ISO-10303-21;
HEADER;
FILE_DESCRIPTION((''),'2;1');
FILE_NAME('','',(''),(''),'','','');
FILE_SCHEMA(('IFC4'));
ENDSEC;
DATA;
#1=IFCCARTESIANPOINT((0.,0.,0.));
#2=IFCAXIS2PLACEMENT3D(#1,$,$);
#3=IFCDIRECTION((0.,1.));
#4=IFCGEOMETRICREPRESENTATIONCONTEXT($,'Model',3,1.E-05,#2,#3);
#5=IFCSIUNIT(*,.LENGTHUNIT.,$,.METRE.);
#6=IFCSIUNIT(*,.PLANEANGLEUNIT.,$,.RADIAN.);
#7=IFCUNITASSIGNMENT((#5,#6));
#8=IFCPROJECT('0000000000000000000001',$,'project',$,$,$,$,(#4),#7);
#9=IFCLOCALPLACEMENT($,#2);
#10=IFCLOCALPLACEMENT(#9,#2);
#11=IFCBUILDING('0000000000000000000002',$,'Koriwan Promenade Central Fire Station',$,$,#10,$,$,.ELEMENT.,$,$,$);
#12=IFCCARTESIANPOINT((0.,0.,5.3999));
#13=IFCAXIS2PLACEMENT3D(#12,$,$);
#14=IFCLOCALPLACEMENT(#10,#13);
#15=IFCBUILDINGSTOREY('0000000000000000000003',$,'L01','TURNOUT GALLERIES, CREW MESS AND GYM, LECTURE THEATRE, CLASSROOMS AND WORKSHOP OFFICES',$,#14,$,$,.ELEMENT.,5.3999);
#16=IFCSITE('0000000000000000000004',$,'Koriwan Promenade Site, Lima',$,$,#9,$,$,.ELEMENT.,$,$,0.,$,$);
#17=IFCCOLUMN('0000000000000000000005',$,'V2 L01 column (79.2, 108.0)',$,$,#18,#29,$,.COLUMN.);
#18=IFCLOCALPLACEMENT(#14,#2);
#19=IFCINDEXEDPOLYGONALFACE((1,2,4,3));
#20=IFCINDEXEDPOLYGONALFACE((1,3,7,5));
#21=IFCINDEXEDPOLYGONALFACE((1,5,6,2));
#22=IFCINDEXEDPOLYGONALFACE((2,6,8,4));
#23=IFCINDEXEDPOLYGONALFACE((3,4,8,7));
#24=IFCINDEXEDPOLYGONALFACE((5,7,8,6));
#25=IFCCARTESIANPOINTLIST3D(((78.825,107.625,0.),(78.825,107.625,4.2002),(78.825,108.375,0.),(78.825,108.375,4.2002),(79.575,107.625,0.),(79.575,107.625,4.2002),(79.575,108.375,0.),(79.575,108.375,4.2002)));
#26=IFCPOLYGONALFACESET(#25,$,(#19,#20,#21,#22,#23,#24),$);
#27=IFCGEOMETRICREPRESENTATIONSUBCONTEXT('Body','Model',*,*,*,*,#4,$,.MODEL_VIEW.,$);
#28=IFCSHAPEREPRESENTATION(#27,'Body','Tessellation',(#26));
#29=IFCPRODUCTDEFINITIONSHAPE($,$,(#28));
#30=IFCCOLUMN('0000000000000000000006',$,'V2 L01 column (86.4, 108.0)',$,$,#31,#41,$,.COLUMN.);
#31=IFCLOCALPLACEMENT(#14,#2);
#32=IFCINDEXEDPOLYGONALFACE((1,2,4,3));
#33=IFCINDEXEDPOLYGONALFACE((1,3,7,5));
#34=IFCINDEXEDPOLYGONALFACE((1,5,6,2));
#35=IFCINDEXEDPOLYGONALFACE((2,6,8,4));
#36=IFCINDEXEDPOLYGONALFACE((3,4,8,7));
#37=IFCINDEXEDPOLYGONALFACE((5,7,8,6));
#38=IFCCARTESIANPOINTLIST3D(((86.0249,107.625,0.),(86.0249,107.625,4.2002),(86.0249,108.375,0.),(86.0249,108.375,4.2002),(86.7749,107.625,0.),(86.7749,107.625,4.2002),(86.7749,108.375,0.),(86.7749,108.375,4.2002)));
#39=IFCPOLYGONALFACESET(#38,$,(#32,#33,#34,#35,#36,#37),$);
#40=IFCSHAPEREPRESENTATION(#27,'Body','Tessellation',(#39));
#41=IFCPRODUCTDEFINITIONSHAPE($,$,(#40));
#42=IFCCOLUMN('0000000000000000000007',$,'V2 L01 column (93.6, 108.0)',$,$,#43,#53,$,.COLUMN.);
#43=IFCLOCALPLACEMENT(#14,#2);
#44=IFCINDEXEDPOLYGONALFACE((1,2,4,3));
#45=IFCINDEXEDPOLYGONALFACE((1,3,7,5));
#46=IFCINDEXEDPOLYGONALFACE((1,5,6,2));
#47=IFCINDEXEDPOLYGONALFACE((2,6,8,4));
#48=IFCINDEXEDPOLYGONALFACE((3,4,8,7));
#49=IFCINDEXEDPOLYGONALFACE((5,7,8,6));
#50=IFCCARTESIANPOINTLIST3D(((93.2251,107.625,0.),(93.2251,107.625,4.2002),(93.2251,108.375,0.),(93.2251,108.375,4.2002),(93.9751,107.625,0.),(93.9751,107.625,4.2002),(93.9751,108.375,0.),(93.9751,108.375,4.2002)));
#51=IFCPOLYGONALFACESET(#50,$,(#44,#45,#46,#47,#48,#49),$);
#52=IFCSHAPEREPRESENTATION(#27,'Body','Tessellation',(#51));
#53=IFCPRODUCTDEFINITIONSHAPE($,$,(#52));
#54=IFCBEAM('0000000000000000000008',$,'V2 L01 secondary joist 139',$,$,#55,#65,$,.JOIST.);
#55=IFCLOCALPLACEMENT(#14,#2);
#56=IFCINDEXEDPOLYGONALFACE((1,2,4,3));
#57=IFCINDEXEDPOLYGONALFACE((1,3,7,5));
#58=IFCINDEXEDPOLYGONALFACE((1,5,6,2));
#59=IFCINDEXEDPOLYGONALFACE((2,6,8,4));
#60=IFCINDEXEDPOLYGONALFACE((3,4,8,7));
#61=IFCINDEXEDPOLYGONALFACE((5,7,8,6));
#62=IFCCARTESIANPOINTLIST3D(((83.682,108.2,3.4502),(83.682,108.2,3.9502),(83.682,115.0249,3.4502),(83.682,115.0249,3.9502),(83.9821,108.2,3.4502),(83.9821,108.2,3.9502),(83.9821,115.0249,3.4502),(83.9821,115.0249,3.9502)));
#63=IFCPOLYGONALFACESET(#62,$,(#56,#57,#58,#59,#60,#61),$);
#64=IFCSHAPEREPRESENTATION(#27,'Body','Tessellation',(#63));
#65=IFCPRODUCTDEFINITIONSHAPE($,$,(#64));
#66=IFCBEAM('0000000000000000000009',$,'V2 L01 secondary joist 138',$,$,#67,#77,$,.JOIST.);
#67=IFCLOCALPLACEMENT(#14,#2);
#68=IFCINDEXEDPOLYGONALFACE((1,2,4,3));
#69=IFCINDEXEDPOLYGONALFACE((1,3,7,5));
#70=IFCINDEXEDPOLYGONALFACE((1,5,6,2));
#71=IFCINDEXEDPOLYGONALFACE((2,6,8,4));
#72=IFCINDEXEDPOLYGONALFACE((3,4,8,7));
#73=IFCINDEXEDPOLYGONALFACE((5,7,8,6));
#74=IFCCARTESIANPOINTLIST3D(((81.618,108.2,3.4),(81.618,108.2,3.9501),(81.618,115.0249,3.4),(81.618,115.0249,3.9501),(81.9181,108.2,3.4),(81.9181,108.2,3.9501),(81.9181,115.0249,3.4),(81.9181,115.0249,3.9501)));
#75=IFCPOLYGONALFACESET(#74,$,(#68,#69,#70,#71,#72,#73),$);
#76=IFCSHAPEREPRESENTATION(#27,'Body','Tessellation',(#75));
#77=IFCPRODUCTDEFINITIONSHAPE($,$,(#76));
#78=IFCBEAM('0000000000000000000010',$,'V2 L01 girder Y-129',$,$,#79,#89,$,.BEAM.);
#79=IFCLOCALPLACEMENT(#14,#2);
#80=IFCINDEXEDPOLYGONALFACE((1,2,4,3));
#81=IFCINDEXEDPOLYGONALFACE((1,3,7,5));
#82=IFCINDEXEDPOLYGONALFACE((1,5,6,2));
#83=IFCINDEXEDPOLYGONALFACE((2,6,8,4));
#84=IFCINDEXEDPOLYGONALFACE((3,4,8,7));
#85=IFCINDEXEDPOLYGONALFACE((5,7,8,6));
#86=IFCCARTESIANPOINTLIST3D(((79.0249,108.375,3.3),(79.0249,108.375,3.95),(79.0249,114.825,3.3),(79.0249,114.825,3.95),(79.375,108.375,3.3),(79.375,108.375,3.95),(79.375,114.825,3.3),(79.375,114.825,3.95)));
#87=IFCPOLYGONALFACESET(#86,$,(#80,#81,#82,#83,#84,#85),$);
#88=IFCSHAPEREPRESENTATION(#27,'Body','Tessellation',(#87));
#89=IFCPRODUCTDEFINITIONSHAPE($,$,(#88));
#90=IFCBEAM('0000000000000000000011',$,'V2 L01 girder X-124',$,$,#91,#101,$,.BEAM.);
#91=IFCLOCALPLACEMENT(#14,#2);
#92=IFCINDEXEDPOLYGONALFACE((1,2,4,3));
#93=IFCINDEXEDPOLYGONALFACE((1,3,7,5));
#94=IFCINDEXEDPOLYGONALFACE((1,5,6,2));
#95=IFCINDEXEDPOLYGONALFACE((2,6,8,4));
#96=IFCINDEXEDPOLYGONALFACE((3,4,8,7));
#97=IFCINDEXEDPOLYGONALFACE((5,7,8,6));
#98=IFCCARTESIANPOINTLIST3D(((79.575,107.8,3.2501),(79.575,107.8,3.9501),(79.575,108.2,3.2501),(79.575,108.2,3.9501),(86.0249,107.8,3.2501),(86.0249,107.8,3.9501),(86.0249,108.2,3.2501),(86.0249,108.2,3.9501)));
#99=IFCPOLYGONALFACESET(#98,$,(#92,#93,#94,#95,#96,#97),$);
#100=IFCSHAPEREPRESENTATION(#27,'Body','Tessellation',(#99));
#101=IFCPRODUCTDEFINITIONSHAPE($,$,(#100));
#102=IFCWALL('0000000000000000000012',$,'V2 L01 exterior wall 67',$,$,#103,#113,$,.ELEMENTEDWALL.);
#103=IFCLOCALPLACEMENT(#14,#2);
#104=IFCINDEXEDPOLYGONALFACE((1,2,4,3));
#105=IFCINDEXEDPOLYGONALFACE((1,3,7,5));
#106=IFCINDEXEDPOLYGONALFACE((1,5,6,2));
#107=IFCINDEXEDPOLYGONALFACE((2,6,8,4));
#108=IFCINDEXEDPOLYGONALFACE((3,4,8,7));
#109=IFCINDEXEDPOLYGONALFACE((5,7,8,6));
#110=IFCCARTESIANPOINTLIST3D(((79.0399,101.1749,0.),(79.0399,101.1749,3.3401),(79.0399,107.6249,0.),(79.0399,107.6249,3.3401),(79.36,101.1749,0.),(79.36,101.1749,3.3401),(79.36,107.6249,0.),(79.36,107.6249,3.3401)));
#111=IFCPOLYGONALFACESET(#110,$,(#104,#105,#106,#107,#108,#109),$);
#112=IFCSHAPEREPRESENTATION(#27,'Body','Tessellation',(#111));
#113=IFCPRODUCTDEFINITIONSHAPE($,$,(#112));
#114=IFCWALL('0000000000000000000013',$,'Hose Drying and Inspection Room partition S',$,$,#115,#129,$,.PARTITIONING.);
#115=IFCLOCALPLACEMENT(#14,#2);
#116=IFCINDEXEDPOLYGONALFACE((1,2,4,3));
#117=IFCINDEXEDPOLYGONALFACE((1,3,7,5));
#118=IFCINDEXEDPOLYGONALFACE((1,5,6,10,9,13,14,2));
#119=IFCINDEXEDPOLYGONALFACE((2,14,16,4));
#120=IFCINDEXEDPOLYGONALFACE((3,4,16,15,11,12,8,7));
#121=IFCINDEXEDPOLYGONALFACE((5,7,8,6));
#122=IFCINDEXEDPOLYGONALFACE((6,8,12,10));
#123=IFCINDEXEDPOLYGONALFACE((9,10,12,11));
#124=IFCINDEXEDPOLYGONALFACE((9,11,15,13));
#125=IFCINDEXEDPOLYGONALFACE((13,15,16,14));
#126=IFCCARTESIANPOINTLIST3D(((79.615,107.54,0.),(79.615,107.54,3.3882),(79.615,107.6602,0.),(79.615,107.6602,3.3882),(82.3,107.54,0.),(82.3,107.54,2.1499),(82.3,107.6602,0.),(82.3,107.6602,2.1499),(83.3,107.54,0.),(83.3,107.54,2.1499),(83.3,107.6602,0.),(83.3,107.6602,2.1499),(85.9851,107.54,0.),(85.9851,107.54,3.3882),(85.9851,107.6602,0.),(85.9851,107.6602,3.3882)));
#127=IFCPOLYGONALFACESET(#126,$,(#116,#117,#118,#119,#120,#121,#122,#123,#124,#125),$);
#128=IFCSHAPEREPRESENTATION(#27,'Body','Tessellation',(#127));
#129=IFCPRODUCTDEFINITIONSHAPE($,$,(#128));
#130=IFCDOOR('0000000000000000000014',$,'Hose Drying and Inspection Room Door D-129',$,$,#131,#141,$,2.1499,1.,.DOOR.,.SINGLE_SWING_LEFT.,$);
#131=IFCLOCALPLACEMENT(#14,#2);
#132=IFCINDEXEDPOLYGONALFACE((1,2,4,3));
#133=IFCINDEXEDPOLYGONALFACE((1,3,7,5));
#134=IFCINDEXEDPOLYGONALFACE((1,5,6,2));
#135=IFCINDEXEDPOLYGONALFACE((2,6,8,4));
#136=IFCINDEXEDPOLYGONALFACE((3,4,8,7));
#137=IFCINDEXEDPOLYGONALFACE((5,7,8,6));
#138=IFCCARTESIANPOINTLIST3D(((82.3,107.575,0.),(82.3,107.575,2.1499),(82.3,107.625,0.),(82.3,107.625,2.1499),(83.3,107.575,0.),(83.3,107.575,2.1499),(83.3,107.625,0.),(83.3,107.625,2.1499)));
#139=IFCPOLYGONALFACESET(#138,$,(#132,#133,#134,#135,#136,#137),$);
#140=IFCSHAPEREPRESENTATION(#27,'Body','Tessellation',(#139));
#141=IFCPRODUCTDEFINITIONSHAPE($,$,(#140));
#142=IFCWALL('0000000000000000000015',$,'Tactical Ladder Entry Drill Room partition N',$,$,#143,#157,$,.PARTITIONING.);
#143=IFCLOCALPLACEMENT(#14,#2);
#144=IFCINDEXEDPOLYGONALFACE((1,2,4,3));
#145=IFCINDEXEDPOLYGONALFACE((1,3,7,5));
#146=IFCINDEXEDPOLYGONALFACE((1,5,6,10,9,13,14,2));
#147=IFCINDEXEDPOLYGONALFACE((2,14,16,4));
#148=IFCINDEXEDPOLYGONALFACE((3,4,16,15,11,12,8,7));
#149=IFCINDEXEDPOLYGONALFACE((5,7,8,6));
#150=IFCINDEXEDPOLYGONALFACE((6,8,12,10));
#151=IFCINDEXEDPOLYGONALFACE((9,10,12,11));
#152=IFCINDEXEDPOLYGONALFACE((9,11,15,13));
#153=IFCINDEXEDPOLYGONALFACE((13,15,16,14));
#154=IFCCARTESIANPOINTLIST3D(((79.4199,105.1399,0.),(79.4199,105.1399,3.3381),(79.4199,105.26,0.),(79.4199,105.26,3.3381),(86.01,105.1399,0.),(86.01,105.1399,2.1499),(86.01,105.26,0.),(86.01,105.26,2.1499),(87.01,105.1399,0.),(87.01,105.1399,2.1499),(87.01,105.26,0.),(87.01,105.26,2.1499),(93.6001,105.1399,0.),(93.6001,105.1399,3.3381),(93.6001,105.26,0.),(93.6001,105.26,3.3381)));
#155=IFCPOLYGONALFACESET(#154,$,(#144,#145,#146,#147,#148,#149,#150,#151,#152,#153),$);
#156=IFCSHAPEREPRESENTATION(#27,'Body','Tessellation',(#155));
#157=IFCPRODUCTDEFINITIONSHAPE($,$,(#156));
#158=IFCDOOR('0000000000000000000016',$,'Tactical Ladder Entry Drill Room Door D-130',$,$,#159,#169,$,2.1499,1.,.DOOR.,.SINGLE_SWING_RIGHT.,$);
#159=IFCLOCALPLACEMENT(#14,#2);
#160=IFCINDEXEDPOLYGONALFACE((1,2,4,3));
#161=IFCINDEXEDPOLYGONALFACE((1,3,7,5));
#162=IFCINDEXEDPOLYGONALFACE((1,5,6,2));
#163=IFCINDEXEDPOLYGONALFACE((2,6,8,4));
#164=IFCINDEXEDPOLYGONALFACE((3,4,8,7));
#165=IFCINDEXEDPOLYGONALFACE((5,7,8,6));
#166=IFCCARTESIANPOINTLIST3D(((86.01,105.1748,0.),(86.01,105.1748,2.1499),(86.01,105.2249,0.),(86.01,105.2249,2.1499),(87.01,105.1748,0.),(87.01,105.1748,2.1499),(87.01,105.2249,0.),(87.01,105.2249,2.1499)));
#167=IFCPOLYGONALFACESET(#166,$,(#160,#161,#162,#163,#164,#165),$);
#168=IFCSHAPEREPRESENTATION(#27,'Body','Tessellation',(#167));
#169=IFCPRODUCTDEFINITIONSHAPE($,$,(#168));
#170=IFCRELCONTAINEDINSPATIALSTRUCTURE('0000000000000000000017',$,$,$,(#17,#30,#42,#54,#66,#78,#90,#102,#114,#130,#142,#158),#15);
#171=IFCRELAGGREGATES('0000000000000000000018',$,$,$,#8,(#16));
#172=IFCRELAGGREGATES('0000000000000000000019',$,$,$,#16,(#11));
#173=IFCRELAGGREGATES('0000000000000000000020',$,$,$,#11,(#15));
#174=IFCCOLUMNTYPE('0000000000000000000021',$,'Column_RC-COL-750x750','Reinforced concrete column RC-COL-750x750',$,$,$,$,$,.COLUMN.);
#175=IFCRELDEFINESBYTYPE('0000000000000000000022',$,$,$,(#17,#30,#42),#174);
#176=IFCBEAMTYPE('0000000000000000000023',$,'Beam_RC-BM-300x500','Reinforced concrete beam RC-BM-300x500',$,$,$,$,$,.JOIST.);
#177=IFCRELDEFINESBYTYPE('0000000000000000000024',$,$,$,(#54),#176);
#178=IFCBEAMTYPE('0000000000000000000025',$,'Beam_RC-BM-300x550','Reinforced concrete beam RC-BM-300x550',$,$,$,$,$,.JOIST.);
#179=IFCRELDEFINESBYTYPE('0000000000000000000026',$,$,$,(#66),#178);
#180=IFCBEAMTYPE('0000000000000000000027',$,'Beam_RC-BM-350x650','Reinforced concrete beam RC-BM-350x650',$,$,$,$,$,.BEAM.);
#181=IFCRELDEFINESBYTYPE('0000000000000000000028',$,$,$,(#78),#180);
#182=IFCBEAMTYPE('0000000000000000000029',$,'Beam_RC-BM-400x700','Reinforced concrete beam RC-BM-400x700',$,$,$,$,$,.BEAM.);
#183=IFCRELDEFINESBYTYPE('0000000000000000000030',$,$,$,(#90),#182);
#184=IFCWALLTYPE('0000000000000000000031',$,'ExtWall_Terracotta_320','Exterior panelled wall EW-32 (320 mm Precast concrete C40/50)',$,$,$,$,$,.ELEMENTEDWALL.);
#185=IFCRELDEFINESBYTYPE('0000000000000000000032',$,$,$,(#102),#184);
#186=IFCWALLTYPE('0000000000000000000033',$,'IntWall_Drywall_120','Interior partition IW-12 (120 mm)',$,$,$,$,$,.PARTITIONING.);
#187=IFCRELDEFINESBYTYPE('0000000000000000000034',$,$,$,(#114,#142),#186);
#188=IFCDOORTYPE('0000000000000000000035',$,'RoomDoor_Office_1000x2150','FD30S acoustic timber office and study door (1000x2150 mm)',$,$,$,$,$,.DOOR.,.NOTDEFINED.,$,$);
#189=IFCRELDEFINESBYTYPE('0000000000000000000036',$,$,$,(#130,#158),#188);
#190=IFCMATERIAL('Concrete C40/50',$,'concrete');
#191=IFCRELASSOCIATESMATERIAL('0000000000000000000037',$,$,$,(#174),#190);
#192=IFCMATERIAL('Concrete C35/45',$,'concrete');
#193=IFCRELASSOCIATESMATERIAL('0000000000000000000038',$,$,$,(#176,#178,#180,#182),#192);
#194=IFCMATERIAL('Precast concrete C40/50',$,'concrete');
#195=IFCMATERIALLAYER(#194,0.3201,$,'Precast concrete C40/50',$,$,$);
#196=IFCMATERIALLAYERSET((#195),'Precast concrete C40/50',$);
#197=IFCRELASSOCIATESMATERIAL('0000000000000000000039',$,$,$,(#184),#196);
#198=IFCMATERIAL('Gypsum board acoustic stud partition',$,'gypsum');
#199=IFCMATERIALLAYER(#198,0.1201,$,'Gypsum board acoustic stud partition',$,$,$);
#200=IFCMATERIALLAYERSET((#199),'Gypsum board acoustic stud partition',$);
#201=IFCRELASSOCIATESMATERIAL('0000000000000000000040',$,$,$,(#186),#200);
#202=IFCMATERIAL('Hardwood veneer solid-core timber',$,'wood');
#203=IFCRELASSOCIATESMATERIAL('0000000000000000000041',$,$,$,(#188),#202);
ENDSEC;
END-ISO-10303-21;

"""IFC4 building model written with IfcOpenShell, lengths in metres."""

from ifc_helpers import new_model, si_unit, direction, frame, frame_2d, origin, origin_2d, place, context, subcontext, project, spatial, rectangle, extrude, material, layer, layer_set, material_profile, profile_set, type_object, element, fill, save


model = new_model("IFC4")

# Units and contexts
model_context = context("Model", 3, precision=1e-05, world=origin(), true_north=direction((0.0, 1.0)))
body_context = subcontext(model_context, "Body", "Model", "MODEL_VIEW")
ifc_project = project(units=[si_unit("LENGTHUNIT", "METRE"), si_unit("PLANEANGLEUNIT", "RADIAN")], contexts=[model_context])

# Site, building, storey
site_placement = place(None, origin())
site = spatial("IfcSite", under=ifc_project, at=site_placement, Name="Koriwan Promenade Site, Lima", CompositionType="ELEMENT", RefElevation=0.0)
building_placement = place(site_placement, origin())
building = spatial("IfcBuilding", under=site, at=building_placement, Name="Koriwan Promenade Central Fire Station", CompositionType="ELEMENT")
storey_placement = place(building_placement, frame((0.0, 0.0, 5.3999)))
storey = spatial("IfcBuildingStorey", under=building, at=storey_placement, Name="L01", Description="TURNOUT GALLERIES, CREW MESS AND GYM, LECTURE THEATRE, CLASSROOMS AND WORKSHOP OFFICES", CompositionType="ELEMENT", Elevation=5.3999)

# Columns
ifc_material_1 = material(Name="Concrete C40/50", Category="concrete")
ifc_material_profile_1 = material_profile(ifc_material_1, rectangle(XDim=0.75, YDim=0.75, at=origin_2d()), Name="RC-COL-750x750")
ifc_profile_set_1 = profile_set([ifc_material_profile_1], Name="Concrete C40/50")
column_type = type_object("IfcColumnType", Name="Column_RC-COL-750x750", Description="Reinforced concrete column RC-COL-750x750", PredefinedType="COLUMN", material=ifc_profile_set_1)
for number, where, z_axis, x_axis, name in (
    (1, (79.2, 108.0, 0.0), (0.0, 0.0, 1.0), (1.0, 0.0, 0.0), "V2 L01 column (79.2, 108.0)"),
    (2, (86.3999, 108.0, 0.0), (0.0, 0.0, 1.0), (1.0, 0.0, 0.0), "V2 L01 column (86.4, 108.0)"),
    (3, (93.6001, 108.0, 0.0), (0.0, 0.0, 1.0), (1.0, 0.0, 0.0), "V2 L01 column (93.6, 108.0)"),
):
    element("IfcColumn", number, at=place(storey_placement, frame(where, z_axis=z_axis, x_axis=x_axis)), inside=storey, type_object=column_type, Name=name, PredefinedType="COLUMN", context=body_context, shape_type="SweptSolid", body=[
        extrude(rectangle(XDim=0.75, YDim=0.75, at=origin_2d()), origin(), (0.0, 0.0, 1.0), 4.2002),
    ])

# Beams
ifc_material_2 = material(Name="Concrete C35/45", Category="concrete")
ifc_material_profile_2 = material_profile(ifc_material_2, rectangle(XDim=0.3, YDim=0.5, at=origin_2d()), Name="RC-BM-300x500")
ifc_profile_set_2 = profile_set([ifc_material_profile_2], Name="Concrete C35/45")
beam_type_1 = type_object("IfcBeamType", Name="Beam_RC-BM-300x500", Description="Reinforced concrete beam RC-BM-300x500", PredefinedType="JOIST", material=ifc_profile_set_2)
beam_1_placement = place(storey_placement, frame((83.832, 108.2, 3.7002), z_axis=(0.0, 1.0, 0.0), x_axis=(-1.0, 0.0, 0.0)))
element("IfcBeam", 4, at=beam_1_placement, inside=storey, type_object=beam_type_1, Name="V2 L01 secondary joist 139", PredefinedType="JOIST", context=body_context, shape_type="SweptSolid", body=[
    extrude(rectangle(XDim=0.3, YDim=0.5, at=origin_2d()), origin(), (0.0, 0.0, 1.0), 6.825),
])
ifc_material_profile_3 = material_profile(ifc_material_2, rectangle(XDim=0.3, YDim=0.55, at=origin_2d()), Name="RC-BM-300x550")
ifc_profile_set_3 = profile_set([ifc_material_profile_3], Name="Concrete C35/45")
beam_type_2 = type_object("IfcBeamType", Name="Beam_RC-BM-300x550", Description="Reinforced concrete beam RC-BM-300x550", PredefinedType="JOIST", material=ifc_profile_set_3)
beam_2_placement = place(storey_placement, frame((81.7681, 108.2, 3.675), z_axis=(0.0, 1.0, 0.0), x_axis=(-1.0, 0.0, 0.0)))
element("IfcBeam", 5, at=beam_2_placement, inside=storey, type_object=beam_type_2, Name="V2 L01 secondary joist 138", PredefinedType="JOIST", context=body_context, shape_type="SweptSolid", body=[
    extrude(rectangle(XDim=0.3, YDim=0.55, at=origin_2d()), origin(), (0.0, 0.0, 1.0), 6.825),
])
ifc_material_profile_4 = material_profile(ifc_material_2, rectangle(XDim=0.3501, YDim=0.6499, at=origin_2d()), Name="RC-BM-350x650")
ifc_profile_set_4 = profile_set([ifc_material_profile_4], Name="Concrete C35/45")
beam_type_3 = type_object("IfcBeamType", Name="Beam_RC-BM-350x650", Description="Reinforced concrete beam RC-BM-350x650", PredefinedType="BEAM", material=ifc_profile_set_4)
beam_3_placement = place(storey_placement, frame((79.2, 108.375, 3.625), z_axis=(0.0, 1.0, 0.0), x_axis=(-1.0, 0.0, 0.0)))
element("IfcBeam", 6, at=beam_3_placement, inside=storey, type_object=beam_type_3, Name="V2 L01 girder Y-129", PredefinedType="BEAM", context=body_context, shape_type="SweptSolid", body=[
    extrude(rectangle(XDim=0.3501, YDim=0.6499, at=origin_2d()), origin(), (0.0, 0.0, 1.0), 6.45),
])
ifc_material_profile_5 = material_profile(ifc_material_2, rectangle(XDim=0.3999, YDim=0.7, at=origin_2d()), Name="RC-BM-400x700")
ifc_profile_set_5 = profile_set([ifc_material_profile_5], Name="Concrete C35/45")
beam_type_4 = type_object("IfcBeamType", Name="Beam_RC-BM-400x700", Description="Reinforced concrete beam RC-BM-400x700", PredefinedType="BEAM", material=ifc_profile_set_5)
beam_4_placement = place(storey_placement, frame((79.575, 108.0, 3.6001), z_axis=(1.0, 0.0, 0.0), x_axis=(0.0, 1.0, 0.0)))
element("IfcBeam", 7, at=beam_4_placement, inside=storey, type_object=beam_type_4, Name="V2 L01 girder X-124", PredefinedType="BEAM", context=body_context, shape_type="SweptSolid", body=[
    extrude(rectangle(XDim=0.3999, YDim=0.7, at=origin_2d()), origin(), (0.0, 0.0, 1.0), 6.45),
])

# Wall
ifc_material_3 = material(Name="Precast concrete C40/50", Category="concrete")
ifc_layer_1 = layer(ifc_material_3, 0.3201, Name="Precast concrete C40/50")
ifc_layer_set_1 = layer_set([ifc_layer_1], Name="Precast concrete C40/50")
wall_type_1 = type_object("IfcWallType", Name="ExtWall_Terracotta_320", Description="Exterior panelled wall EW-32 (320 mm Precast concrete C40/50)", PredefinedType="ELEMENTEDWALL", material=ifc_layer_set_1)
wall_1_placement = place(storey_placement, frame((79.2, 107.625, 0.0), z_axis=(0.0, 0.0, 1.0), x_axis=(0.0, -1.0, 0.0)))
element("IfcWall", 8, at=wall_1_placement, inside=storey, type_object=wall_type_1, Name="V2 L01 exterior wall 67", PredefinedType="ELEMENTEDWALL", context=body_context, shape_type="SweptSolid", body=[
    extrude(rectangle(XDim=6.45, YDim=0.3201, at=frame_2d((3.2251, 0.0))), origin(), (0.0, 0.0, 1.0), 3.3401),
])

# Walls, openings, doors
ifc_material_4 = material(Name="Gypsum board acoustic stud partition", Category="gypsum")
ifc_layer_2 = layer(ifc_material_4, 0.1201, Name="Gypsum board acoustic stud partition")
ifc_layer_set_2 = layer_set([ifc_layer_2], Name="Gypsum board acoustic stud partition")
wall_type_2 = type_object("IfcWallType", Name="IntWall_Drywall_120", Description="Interior partition IW-12 (120 mm)", PredefinedType="PARTITIONING", material=ifc_layer_set_2)
wall_2_placement = place(storey_placement, frame((79.615, 107.6001, 0.0), z_axis=(0.0, 0.0, 1.0), x_axis=(1.0, 0.0, 0.0)))
wall_2 = element("IfcWall", 9, at=wall_2_placement, inside=storey, type_object=wall_type_2, Name="Hose Drying and Inspection Room partition S", PredefinedType="PARTITIONING", context=body_context, shape_type="SweptSolid", body=[
    extrude(rectangle(XDim=6.3701, YDim=0.1201, at=frame_2d((3.1851, 0.0))), origin(), (0.0, 0.0, 1.0), 3.3882),
])
opening_1_placement = place(wall_2_placement, frame((2.6851, 0.0, 0.0)))
opening_1 = element("IfcOpeningElement", 10, at=opening_1_placement, cuts=wall_2, PredefinedType="OPENING", context=body_context, shape_type="SweptSolid", body=[
    extrude(rectangle(XDim=1.0, YDim=2.1499, at=frame_2d((0.5, 1.075))), frame((0.0, 0.072, 0.0), z_axis=(0.0, -1.0, 0.0), x_axis=(1.0, 0.0, 0.0)), (0.0, 0.0, 1.0), 0.144),
])
ifc_material_5 = material(Name="Hardwood veneer solid-core timber", Category="wood")
door_type_1 = type_object("IfcDoorType", Name="RoomDoor_Office_1000x2150", Description="FD30S acoustic timber office and study door (1000x2150 mm)", OperationType="NOTDEFINED", PredefinedType="DOOR", material=ifc_material_5)
door_1_placement = place(opening_1_placement, origin())
door_1 = element("IfcDoor", 11, at=door_1_placement, inside=storey, type_object=door_type_1, Name="Hose Drying and Inspection Room Door D-129", OperationType="SINGLE_SWING_LEFT", OverallHeight=2.1499, OverallWidth=1.0, PredefinedType="DOOR", context=body_context, shape_type="SweptSolid", body=[
    extrude(rectangle(XDim=1.0, YDim=2.1499, at=frame_2d((0.5, 1.075))), frame((0.0, 0.0249, 0.0), z_axis=(0.0, -1.0, 0.0), x_axis=(1.0, 0.0, 0.0)), (0.0, 0.0, 1.0), 0.05),
])
fill(opening_1, door_1)
wall_3_placement = place(storey_placement, frame((79.4199, 105.2, 0.0), z_axis=(0.0, 0.0, 1.0), x_axis=(1.0, 0.0, 0.0)))
wall_3 = element("IfcWall", 12, at=wall_3_placement, inside=storey, type_object=wall_type_2, Name="Tactical Ladder Entry Drill Room partition N", PredefinedType="PARTITIONING", context=body_context, shape_type="SweptSolid", body=[
    extrude(rectangle(XDim=14.1802, YDim=0.1201, at=frame_2d((7.0901, 0.0))), origin(), (0.0, 0.0, 1.0), 3.3381),
])
opening_2_placement = place(wall_3_placement, frame((6.5901, 0.0, 0.0)))
opening_2 = element("IfcOpeningElement", 13, at=opening_2_placement, cuts=wall_3, PredefinedType="OPENING", context=body_context, shape_type="SweptSolid", body=[
    extrude(rectangle(XDim=1.0, YDim=2.1499, at=frame_2d((0.5, 1.075))), frame((0.0, 0.072, 0.0), z_axis=(0.0, -1.0, 0.0), x_axis=(1.0, 0.0, 0.0)), (0.0, 0.0, 1.0), 0.144),
])
door_2_placement = place(opening_2_placement, origin())
door_2 = element("IfcDoor", 14, at=door_2_placement, inside=storey, type_object=door_type_1, Name="Tactical Ladder Entry Drill Room Door D-130", OperationType="SINGLE_SWING_RIGHT", OverallHeight=2.1499, OverallWidth=1.0, PredefinedType="DOOR", context=body_context, shape_type="SweptSolid", body=[
    extrude(rectangle(XDim=1.0, YDim=2.1499, at=frame_2d((0.5, 1.075))), frame((0.0, 0.0249, 0.0), z_axis=(0.0, -1.0, 0.0), x_axis=(1.0, 0.0, 0.0)), (0.0, 0.0, 1.0), 0.05),
])
fill(opening_2, door_2)

save(model, "model.ifc")
